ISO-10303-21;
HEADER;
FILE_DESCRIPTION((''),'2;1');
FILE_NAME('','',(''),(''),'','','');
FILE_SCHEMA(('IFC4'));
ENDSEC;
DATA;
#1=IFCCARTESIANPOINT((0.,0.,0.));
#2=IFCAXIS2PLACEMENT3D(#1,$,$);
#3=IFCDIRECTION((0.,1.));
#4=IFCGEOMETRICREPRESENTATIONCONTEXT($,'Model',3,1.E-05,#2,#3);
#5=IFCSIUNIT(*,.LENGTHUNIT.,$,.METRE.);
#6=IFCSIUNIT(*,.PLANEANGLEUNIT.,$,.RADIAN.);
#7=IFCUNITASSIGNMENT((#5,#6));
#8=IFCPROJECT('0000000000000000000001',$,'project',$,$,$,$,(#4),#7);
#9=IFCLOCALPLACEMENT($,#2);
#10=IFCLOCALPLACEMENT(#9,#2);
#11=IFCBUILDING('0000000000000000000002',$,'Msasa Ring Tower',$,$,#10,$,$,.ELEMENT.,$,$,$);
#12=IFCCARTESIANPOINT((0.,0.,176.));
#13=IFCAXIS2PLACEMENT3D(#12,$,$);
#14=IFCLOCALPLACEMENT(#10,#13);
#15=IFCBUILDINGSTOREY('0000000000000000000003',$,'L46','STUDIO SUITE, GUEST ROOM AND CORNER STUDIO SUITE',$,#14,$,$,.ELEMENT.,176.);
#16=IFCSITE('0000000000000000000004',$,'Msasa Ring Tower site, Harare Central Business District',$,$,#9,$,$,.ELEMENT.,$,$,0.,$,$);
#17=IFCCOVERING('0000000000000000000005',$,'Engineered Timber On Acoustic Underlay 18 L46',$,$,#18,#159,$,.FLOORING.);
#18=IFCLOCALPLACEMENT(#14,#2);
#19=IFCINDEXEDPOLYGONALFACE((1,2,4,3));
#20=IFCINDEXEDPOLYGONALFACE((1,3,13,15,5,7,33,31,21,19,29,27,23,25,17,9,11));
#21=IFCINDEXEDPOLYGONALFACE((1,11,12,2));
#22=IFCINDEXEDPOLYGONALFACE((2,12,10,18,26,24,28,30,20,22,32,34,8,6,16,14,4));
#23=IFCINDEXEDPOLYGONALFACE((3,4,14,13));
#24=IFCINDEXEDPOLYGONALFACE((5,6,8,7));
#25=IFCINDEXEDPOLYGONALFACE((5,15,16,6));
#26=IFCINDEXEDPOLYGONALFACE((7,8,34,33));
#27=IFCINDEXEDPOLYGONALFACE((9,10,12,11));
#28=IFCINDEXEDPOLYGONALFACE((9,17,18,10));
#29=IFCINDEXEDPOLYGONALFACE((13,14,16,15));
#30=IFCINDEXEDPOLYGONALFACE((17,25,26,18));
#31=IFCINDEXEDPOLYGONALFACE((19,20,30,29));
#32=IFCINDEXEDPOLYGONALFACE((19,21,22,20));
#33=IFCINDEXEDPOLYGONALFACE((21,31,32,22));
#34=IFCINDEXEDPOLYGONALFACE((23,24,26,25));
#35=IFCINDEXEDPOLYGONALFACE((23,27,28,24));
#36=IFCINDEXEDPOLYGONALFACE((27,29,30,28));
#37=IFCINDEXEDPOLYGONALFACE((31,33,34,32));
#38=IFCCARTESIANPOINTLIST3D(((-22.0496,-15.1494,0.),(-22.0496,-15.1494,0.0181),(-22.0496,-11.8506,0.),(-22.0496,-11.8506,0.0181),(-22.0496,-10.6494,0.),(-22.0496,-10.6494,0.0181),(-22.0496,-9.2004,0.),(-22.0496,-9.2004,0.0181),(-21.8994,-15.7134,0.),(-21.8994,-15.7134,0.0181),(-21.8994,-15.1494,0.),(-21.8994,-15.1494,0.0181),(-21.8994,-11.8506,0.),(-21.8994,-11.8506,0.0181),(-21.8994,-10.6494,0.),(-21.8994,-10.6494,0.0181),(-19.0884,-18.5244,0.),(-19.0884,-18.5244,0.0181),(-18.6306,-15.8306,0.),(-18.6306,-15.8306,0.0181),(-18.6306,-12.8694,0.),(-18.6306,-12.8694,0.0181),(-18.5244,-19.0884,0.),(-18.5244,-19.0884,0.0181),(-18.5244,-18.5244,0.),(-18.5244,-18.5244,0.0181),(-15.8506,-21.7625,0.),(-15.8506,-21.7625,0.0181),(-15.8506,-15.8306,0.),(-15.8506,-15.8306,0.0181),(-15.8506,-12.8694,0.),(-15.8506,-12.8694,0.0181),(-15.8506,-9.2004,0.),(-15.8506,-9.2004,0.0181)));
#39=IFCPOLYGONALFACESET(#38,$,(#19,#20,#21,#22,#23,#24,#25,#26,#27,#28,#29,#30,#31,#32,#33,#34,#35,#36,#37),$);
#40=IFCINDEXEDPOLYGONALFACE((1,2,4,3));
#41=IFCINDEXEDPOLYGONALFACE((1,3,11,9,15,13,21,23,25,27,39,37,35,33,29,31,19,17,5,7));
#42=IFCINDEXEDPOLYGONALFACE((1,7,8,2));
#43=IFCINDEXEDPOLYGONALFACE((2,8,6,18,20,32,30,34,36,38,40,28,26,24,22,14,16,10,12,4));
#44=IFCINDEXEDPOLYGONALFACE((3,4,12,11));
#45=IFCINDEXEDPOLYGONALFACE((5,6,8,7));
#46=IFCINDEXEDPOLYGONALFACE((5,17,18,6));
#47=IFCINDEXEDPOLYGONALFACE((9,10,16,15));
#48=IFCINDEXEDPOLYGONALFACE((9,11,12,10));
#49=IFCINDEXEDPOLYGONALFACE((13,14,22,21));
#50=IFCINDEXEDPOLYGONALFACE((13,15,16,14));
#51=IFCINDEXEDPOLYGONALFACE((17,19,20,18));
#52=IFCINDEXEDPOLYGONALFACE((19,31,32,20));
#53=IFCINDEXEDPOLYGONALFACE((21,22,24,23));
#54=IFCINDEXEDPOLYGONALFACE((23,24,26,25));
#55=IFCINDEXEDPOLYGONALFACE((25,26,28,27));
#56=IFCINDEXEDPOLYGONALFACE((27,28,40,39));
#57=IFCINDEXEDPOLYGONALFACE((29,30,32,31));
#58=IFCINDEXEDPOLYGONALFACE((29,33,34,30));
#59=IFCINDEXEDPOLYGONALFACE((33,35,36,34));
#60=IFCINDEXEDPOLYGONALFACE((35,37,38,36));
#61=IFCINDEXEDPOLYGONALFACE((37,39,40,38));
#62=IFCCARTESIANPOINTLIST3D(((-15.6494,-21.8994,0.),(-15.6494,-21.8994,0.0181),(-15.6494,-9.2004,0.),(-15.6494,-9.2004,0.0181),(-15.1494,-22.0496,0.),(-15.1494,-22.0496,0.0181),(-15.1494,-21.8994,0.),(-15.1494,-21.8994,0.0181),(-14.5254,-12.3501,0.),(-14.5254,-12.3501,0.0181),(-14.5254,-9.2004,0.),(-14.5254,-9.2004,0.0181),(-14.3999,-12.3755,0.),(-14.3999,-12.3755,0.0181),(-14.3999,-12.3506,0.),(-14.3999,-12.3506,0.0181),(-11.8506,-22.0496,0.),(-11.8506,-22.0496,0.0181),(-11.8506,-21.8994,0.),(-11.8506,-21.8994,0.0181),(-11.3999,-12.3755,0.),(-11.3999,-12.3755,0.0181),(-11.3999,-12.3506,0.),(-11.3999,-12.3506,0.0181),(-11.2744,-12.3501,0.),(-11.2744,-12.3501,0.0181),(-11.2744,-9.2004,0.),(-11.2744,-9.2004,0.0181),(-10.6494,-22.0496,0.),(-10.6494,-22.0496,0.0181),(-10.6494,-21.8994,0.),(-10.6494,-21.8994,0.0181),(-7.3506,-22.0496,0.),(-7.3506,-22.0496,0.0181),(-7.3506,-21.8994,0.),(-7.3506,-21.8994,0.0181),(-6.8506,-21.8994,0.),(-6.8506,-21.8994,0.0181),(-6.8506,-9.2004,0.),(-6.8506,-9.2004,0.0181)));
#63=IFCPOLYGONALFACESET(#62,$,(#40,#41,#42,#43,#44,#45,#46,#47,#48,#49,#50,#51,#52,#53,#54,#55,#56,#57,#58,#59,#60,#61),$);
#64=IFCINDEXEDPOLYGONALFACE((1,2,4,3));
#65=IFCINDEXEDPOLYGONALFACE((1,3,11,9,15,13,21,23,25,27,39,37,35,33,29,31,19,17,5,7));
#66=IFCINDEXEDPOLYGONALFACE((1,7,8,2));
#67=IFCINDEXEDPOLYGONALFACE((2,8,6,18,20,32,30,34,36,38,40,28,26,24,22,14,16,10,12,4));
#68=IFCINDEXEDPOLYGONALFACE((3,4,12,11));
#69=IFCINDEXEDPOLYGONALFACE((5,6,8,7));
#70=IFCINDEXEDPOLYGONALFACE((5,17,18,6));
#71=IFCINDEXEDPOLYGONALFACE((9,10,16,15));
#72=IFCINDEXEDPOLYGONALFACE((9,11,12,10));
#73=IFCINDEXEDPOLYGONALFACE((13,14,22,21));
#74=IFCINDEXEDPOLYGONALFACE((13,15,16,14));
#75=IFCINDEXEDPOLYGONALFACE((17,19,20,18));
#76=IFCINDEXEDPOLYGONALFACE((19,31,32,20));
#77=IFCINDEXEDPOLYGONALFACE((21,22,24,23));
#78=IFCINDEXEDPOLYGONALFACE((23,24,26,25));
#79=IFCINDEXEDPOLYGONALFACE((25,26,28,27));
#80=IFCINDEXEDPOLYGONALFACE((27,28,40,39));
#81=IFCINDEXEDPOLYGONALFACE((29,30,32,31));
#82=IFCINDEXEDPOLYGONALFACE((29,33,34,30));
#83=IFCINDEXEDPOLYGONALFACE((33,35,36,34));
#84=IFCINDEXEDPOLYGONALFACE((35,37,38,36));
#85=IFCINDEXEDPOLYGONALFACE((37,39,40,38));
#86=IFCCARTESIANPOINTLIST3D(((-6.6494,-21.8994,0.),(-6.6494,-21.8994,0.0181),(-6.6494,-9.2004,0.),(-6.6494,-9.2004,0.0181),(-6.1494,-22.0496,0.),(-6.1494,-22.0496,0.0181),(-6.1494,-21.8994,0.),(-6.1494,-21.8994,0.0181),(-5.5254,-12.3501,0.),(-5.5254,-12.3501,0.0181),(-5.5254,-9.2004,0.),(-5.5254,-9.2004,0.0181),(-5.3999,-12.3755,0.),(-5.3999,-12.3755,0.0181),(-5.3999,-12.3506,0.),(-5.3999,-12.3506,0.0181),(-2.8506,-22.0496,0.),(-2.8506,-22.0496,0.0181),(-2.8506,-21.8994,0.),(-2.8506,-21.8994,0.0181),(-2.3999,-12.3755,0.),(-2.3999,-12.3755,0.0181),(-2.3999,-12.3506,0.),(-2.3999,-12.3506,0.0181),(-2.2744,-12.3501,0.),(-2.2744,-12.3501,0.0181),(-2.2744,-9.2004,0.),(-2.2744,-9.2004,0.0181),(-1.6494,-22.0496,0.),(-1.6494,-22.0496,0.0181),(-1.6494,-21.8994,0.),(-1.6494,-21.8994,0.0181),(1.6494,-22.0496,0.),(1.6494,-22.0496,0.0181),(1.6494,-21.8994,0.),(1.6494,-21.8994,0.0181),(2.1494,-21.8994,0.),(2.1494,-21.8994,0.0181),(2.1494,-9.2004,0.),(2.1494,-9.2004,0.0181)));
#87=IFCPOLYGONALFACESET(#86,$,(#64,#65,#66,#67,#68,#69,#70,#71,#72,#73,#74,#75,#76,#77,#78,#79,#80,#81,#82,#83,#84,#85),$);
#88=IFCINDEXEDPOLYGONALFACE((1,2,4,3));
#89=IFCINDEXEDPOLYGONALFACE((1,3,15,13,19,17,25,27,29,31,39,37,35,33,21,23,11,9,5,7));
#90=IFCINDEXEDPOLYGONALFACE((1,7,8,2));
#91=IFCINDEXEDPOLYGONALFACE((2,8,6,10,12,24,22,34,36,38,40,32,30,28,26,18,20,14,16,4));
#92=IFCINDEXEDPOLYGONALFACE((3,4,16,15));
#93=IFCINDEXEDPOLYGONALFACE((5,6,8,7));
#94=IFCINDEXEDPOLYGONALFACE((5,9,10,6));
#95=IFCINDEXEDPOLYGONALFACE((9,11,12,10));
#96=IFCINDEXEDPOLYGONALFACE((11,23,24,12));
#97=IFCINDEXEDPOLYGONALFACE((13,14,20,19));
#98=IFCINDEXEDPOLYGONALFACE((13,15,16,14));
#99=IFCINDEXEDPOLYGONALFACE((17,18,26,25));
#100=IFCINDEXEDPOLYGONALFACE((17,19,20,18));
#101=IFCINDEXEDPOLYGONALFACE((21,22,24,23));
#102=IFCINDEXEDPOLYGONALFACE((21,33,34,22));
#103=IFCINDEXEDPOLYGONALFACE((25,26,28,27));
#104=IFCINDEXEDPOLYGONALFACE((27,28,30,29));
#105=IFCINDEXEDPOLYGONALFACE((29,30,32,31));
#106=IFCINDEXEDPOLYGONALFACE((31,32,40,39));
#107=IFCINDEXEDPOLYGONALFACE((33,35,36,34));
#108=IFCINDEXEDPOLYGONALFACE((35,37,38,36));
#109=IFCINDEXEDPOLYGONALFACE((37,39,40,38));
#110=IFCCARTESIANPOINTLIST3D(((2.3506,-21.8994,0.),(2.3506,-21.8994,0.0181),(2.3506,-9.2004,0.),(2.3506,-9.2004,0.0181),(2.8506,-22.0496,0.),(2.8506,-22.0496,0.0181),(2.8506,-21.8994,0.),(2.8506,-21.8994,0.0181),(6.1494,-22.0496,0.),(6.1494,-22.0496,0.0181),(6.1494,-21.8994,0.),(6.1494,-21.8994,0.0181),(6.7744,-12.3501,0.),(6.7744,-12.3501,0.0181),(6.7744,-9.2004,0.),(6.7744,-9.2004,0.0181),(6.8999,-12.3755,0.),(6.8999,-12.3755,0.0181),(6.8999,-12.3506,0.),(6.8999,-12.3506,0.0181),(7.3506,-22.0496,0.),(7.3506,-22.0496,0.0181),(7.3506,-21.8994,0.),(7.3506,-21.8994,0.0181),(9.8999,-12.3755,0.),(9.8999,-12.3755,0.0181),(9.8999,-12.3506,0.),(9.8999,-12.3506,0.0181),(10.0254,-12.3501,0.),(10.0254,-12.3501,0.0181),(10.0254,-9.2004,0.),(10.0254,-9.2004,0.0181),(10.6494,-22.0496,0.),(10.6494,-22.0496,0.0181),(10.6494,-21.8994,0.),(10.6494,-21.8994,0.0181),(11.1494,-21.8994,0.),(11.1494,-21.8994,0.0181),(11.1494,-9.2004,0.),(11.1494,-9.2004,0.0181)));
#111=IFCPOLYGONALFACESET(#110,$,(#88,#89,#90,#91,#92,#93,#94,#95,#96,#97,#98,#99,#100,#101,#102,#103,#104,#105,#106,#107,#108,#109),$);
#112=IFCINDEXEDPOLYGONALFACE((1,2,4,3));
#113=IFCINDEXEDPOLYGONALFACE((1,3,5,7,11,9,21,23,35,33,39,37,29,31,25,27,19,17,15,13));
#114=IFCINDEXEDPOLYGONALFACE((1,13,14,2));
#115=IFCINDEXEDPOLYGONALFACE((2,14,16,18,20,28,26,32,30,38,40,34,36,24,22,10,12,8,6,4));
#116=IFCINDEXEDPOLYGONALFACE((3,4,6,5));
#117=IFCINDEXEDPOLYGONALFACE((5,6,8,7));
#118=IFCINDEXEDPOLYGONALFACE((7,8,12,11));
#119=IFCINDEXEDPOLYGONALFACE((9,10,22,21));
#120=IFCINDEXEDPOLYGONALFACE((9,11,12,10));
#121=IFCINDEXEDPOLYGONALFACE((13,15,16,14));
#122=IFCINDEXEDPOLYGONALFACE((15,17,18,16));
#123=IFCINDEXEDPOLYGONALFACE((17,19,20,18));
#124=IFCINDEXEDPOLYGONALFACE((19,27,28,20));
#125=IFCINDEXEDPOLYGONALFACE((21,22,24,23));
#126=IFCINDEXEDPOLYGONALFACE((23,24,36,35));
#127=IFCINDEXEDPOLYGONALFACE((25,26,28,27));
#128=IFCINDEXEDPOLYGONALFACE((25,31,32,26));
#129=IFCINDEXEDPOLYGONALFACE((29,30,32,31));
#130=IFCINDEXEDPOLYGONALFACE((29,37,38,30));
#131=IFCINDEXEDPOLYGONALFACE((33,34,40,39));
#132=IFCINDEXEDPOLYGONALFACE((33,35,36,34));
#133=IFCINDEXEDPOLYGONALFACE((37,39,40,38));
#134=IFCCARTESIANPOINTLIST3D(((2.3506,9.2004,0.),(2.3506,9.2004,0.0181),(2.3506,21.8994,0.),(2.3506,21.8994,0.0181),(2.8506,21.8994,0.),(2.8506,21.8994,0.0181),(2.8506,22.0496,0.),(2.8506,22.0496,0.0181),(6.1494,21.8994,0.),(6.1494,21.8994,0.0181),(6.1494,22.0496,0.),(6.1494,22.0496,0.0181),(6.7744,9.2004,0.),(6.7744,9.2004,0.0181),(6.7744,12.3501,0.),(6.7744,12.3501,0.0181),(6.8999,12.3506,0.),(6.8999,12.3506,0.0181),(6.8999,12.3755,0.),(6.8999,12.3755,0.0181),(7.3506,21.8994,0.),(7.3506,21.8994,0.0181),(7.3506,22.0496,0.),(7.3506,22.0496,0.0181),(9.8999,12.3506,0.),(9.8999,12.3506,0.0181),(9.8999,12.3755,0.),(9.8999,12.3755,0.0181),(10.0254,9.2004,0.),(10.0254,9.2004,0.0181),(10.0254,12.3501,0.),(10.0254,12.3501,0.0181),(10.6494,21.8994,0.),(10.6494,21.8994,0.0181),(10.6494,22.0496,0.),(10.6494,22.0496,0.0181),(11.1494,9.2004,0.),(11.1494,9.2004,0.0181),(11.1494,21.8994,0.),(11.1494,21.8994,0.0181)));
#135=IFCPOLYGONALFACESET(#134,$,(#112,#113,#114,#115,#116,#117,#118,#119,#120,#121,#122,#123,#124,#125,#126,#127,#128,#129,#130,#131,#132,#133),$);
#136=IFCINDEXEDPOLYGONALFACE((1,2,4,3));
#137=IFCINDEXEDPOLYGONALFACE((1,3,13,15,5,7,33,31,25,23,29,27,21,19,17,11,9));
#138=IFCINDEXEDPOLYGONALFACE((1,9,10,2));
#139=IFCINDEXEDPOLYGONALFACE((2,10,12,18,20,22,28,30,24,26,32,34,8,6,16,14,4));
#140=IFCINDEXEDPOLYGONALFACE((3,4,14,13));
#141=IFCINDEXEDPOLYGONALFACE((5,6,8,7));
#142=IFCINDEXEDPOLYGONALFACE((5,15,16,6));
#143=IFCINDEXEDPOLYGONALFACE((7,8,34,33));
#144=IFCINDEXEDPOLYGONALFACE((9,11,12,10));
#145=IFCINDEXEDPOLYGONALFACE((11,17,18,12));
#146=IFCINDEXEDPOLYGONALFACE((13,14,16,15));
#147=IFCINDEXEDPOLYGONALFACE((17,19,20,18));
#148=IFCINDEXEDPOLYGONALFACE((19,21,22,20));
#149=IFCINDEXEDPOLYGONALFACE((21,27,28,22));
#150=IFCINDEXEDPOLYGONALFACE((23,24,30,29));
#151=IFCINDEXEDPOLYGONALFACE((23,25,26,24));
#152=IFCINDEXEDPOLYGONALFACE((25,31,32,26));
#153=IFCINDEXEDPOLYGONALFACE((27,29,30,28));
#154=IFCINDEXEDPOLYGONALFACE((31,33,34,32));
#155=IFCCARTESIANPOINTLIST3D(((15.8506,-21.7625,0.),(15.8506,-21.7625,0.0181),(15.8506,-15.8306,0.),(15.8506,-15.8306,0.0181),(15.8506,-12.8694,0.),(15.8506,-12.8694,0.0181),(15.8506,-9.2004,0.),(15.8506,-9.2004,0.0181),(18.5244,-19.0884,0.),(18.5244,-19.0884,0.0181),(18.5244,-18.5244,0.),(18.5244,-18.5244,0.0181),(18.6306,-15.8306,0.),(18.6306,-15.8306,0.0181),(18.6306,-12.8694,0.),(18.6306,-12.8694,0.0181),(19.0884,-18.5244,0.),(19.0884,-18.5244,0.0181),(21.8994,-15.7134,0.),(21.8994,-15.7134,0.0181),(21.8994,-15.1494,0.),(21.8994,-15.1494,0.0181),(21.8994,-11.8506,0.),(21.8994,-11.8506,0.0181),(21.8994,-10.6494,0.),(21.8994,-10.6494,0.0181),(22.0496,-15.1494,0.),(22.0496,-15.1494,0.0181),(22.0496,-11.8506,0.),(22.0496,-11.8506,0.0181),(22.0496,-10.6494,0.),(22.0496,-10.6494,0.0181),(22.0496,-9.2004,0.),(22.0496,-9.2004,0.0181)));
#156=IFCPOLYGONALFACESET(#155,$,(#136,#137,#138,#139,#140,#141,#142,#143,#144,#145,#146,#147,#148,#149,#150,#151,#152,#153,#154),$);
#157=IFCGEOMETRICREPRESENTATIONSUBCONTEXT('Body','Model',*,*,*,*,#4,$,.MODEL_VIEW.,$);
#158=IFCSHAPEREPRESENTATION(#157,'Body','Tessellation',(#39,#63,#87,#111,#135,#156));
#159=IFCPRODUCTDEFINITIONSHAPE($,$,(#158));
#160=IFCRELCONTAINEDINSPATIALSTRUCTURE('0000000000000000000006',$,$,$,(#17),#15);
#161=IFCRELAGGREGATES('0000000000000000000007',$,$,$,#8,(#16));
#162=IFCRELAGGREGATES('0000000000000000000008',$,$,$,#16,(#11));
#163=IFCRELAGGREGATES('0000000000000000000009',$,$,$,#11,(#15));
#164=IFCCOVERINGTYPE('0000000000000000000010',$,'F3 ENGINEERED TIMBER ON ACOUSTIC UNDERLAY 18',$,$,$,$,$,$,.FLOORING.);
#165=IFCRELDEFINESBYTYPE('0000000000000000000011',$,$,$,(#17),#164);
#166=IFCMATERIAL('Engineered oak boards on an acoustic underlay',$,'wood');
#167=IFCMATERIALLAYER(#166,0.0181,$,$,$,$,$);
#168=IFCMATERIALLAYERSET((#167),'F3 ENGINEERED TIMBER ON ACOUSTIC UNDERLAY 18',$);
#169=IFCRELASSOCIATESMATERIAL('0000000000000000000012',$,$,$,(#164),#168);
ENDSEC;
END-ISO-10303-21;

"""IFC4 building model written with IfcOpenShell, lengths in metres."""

from ifc_helpers import new_model, si_unit, direction, frame, origin, place, context, subcontext, project, spatial, line, indexed_curve, outline, extrude, material, layer, layer_set, type_object, element, save


model = new_model("IFC4")

# Units and contexts
model_context = context("Model", 3, precision=1e-05, world=origin(), true_north=direction((0.0, 1.0)))
body_context = subcontext(model_context, "Body", "Model", "MODEL_VIEW")
ifc_project = project(units=[si_unit("LENGTHUNIT", "METRE"), si_unit("PLANEANGLEUNIT", "RADIAN")], contexts=[model_context])

# Site, building, storey
site_placement = place(None, origin())
site = spatial("IfcSite", under=ifc_project, at=site_placement, Name="Msasa Ring Tower site, Harare Central Business District", CompositionType="ELEMENT", RefElevation=0.0)
building_placement = place(site_placement, origin())
building = spatial("IfcBuilding", under=site, at=building_placement, Name="Msasa Ring Tower", CompositionType="ELEMENT")
storey_placement = place(building_placement, frame((0.0, 0.0, 176.0)))
storey = spatial("IfcBuildingStorey", under=building, at=storey_placement, Name="L46", Description="STUDIO SUITE, GUEST ROOM AND CORNER STUDIO SUITE", CompositionType="ELEMENT", Elevation=176.0)

# Covering
ifc_material_1 = material(Name="Engineered oak boards on an acoustic underlay", Category="wood")
ifc_layer_1 = layer(ifc_material_1, 0.0181)
ifc_layer_set_1 = layer_set([ifc_layer_1], Name="F3 ENGINEERED TIMBER ON ACOUSTIC UNDERLAY 18")
covering_type_1 = type_object("IfcCoveringType", Name="F3 ENGINEERED TIMBER ON ACOUSTIC UNDERLAY 18", PredefinedType="FLOORING", material=ifc_layer_set_1)
covering_1_placement = place(storey_placement, origin())
element("IfcCovering", 1, at=covering_1_placement, inside=storey, type_object=covering_type_1, Name="Engineered Timber On Acoustic Underlay 18 L46", PredefinedType="FLOORING", context=body_context, shape_type="SweptSolid", body=[
    extrude(outline(indexed_curve([(-15.8506, -15.8306), (-15.8506, -21.7625), (-18.5244, -19.0884), (-18.5244, -18.5244), (-19.0884, -18.5244), (-21.8994, -15.7134), (-21.8994, -15.1494), (-22.0496, -15.1494), (-22.0496, -11.8506), (-21.8994, -11.8506), (-21.8994, -10.6494), (-22.0496, -10.6494), (-22.0496, -9.2004), (-15.8506, -9.2004), (-15.8506, -12.8694), (-18.6306, -12.8694), (-18.6306, -15.8306)], segments=[line(1, 2, 3, 4, 5, 6, 7, 8, 9, 10, 11, 12, 13, 14, 15, 16, 17, 1)], self_intersect=False)), origin(), (0.0, 0.0, 1.0), 0.0181),
    extrude(outline(indexed_curve([(-14.5254, -9.2004), (-14.5254, -12.3501), (-14.3999, -12.3506), (-14.3999, -12.3755), (-11.3999, -12.3755), (-11.3999, -12.3506), (-11.2744, -12.3501), (-11.2744, -9.2004), (-6.8506, -9.2004), (-6.8506, -21.8994), (-7.3506, -21.8994), (-7.3506, -22.0496), (-10.6494, -22.0496), (-10.6494, -21.8994), (-11.8506, -21.8994), (-11.8506, -22.0496), (-15.1494, -22.0496), (-15.1494, -21.8994), (-15.6494, -21.8994), (-15.6494, -9.2004)], segments=[line(1, 2, 3, 4, 5, 6, 7, 8, 9, 10, 11, 12, 13, 14, 15, 16, 17, 18, 19, 20, 1)], self_intersect=False)), origin(), (0.0, 0.0, 1.0), 0.0181),
    extrude(outline(indexed_curve([(-5.3999, -12.3506), (-5.3999, -12.3755), (-2.3999, -12.3755), (-2.3999, -12.3506), (-2.2744, -12.3501), (-2.2744, -9.2004), (2.1494, -9.2004), (2.1494, -21.8994), (1.6494, -21.8994), (1.6494, -22.0496), (-1.6494, -22.0496), (-1.6494, -21.8994), (-2.8506, -21.8994), (-2.8506, -22.0496), (-6.1494, -22.0496), (-6.1494, -21.8994), (-6.6494, -21.8994), (-6.6494, -9.2004), (-5.5254, -9.2004), (-5.5254, -12.3501)], segments=[line(1, 2, 3, 4, 5, 6, 7, 8, 9, 10, 11, 12, 13, 14, 15, 16, 17, 18, 19, 20, 1)], self_intersect=False)), origin(), (0.0, 0.0, 1.0), 0.0181),
    extrude(outline(indexed_curve([(6.8999, -12.3506), (6.8999, -12.3755), (9.8999, -12.3755), (9.8999, -12.3506), (10.0254, -12.3501), (10.0254, -9.2004), (11.1494, -9.2004), (11.1494, -21.8994), (10.6494, -21.8994), (10.6494, -22.0496), (7.3506, -22.0496), (7.3506, -21.8994), (6.1494, -21.8994), (6.1494, -22.0496), (2.8506, -22.0496), (2.8506, -21.8994), (2.3506, -21.8994), (2.3506, -9.2004), (6.7744, -9.2004), (6.7744, -12.3501)], segments=[line(1, 2, 3, 4, 5, 6, 7, 8, 9, 10, 11, 12, 13, 14, 15, 16, 17, 18, 19, 20, 1)], self_intersect=False)), origin(), (0.0, 0.0, 1.0), 0.0181),
    extrude(outline(indexed_curve([(9.8999, 12.3506), (9.8999, 12.3755), (6.8999, 12.3755), (6.8999, 12.3506), (6.7744, 12.3501), (6.7744, 9.2004), (2.3506, 9.2004), (2.3506, 21.8994), (2.8506, 21.8994), (2.8506, 22.0496), (6.1494, 22.0496), (6.1494, 21.8994), (7.3506, 21.8994), (7.3506, 22.0496), (10.6494, 22.0496), (10.6494, 21.8994), (11.1494, 21.8994), (11.1494, 9.2004), (10.0254, 9.2004), (10.0254, 12.3501)], segments=[line(1, 2, 3, 4, 5, 6, 7, 8, 9, 10, 11, 12, 13, 14, 15, 16, 17, 18, 19, 20, 1)], self_intersect=False)), origin(), (0.0, 0.0, 1.0), 0.0181),
    extrude(outline(indexed_curve([(18.6306, -12.8694), (15.8506, -12.8694), (15.8506, -9.2004), (22.0496, -9.2004), (22.0496, -10.6494), (21.8994, -10.6494), (21.8994, -11.8506), (22.0496, -11.8506), (22.0496, -15.1494), (21.8994, -15.1494), (21.8994, -15.7134), (19.0884, -18.5244), (18.5244, -18.5244), (18.5244, -19.0884), (15.8506, -21.7625), (15.8506, -15.8306), (18.6306, -15.8306)], segments=[line(1, 2, 3, 4, 5, 6, 7, 8, 9, 10, 11, 12, 13, 14, 15, 16, 17, 1)], self_intersect=False)), origin(), (0.0, 0.0, 1.0), 0.0181),
])

save(model, "model.ifc")
